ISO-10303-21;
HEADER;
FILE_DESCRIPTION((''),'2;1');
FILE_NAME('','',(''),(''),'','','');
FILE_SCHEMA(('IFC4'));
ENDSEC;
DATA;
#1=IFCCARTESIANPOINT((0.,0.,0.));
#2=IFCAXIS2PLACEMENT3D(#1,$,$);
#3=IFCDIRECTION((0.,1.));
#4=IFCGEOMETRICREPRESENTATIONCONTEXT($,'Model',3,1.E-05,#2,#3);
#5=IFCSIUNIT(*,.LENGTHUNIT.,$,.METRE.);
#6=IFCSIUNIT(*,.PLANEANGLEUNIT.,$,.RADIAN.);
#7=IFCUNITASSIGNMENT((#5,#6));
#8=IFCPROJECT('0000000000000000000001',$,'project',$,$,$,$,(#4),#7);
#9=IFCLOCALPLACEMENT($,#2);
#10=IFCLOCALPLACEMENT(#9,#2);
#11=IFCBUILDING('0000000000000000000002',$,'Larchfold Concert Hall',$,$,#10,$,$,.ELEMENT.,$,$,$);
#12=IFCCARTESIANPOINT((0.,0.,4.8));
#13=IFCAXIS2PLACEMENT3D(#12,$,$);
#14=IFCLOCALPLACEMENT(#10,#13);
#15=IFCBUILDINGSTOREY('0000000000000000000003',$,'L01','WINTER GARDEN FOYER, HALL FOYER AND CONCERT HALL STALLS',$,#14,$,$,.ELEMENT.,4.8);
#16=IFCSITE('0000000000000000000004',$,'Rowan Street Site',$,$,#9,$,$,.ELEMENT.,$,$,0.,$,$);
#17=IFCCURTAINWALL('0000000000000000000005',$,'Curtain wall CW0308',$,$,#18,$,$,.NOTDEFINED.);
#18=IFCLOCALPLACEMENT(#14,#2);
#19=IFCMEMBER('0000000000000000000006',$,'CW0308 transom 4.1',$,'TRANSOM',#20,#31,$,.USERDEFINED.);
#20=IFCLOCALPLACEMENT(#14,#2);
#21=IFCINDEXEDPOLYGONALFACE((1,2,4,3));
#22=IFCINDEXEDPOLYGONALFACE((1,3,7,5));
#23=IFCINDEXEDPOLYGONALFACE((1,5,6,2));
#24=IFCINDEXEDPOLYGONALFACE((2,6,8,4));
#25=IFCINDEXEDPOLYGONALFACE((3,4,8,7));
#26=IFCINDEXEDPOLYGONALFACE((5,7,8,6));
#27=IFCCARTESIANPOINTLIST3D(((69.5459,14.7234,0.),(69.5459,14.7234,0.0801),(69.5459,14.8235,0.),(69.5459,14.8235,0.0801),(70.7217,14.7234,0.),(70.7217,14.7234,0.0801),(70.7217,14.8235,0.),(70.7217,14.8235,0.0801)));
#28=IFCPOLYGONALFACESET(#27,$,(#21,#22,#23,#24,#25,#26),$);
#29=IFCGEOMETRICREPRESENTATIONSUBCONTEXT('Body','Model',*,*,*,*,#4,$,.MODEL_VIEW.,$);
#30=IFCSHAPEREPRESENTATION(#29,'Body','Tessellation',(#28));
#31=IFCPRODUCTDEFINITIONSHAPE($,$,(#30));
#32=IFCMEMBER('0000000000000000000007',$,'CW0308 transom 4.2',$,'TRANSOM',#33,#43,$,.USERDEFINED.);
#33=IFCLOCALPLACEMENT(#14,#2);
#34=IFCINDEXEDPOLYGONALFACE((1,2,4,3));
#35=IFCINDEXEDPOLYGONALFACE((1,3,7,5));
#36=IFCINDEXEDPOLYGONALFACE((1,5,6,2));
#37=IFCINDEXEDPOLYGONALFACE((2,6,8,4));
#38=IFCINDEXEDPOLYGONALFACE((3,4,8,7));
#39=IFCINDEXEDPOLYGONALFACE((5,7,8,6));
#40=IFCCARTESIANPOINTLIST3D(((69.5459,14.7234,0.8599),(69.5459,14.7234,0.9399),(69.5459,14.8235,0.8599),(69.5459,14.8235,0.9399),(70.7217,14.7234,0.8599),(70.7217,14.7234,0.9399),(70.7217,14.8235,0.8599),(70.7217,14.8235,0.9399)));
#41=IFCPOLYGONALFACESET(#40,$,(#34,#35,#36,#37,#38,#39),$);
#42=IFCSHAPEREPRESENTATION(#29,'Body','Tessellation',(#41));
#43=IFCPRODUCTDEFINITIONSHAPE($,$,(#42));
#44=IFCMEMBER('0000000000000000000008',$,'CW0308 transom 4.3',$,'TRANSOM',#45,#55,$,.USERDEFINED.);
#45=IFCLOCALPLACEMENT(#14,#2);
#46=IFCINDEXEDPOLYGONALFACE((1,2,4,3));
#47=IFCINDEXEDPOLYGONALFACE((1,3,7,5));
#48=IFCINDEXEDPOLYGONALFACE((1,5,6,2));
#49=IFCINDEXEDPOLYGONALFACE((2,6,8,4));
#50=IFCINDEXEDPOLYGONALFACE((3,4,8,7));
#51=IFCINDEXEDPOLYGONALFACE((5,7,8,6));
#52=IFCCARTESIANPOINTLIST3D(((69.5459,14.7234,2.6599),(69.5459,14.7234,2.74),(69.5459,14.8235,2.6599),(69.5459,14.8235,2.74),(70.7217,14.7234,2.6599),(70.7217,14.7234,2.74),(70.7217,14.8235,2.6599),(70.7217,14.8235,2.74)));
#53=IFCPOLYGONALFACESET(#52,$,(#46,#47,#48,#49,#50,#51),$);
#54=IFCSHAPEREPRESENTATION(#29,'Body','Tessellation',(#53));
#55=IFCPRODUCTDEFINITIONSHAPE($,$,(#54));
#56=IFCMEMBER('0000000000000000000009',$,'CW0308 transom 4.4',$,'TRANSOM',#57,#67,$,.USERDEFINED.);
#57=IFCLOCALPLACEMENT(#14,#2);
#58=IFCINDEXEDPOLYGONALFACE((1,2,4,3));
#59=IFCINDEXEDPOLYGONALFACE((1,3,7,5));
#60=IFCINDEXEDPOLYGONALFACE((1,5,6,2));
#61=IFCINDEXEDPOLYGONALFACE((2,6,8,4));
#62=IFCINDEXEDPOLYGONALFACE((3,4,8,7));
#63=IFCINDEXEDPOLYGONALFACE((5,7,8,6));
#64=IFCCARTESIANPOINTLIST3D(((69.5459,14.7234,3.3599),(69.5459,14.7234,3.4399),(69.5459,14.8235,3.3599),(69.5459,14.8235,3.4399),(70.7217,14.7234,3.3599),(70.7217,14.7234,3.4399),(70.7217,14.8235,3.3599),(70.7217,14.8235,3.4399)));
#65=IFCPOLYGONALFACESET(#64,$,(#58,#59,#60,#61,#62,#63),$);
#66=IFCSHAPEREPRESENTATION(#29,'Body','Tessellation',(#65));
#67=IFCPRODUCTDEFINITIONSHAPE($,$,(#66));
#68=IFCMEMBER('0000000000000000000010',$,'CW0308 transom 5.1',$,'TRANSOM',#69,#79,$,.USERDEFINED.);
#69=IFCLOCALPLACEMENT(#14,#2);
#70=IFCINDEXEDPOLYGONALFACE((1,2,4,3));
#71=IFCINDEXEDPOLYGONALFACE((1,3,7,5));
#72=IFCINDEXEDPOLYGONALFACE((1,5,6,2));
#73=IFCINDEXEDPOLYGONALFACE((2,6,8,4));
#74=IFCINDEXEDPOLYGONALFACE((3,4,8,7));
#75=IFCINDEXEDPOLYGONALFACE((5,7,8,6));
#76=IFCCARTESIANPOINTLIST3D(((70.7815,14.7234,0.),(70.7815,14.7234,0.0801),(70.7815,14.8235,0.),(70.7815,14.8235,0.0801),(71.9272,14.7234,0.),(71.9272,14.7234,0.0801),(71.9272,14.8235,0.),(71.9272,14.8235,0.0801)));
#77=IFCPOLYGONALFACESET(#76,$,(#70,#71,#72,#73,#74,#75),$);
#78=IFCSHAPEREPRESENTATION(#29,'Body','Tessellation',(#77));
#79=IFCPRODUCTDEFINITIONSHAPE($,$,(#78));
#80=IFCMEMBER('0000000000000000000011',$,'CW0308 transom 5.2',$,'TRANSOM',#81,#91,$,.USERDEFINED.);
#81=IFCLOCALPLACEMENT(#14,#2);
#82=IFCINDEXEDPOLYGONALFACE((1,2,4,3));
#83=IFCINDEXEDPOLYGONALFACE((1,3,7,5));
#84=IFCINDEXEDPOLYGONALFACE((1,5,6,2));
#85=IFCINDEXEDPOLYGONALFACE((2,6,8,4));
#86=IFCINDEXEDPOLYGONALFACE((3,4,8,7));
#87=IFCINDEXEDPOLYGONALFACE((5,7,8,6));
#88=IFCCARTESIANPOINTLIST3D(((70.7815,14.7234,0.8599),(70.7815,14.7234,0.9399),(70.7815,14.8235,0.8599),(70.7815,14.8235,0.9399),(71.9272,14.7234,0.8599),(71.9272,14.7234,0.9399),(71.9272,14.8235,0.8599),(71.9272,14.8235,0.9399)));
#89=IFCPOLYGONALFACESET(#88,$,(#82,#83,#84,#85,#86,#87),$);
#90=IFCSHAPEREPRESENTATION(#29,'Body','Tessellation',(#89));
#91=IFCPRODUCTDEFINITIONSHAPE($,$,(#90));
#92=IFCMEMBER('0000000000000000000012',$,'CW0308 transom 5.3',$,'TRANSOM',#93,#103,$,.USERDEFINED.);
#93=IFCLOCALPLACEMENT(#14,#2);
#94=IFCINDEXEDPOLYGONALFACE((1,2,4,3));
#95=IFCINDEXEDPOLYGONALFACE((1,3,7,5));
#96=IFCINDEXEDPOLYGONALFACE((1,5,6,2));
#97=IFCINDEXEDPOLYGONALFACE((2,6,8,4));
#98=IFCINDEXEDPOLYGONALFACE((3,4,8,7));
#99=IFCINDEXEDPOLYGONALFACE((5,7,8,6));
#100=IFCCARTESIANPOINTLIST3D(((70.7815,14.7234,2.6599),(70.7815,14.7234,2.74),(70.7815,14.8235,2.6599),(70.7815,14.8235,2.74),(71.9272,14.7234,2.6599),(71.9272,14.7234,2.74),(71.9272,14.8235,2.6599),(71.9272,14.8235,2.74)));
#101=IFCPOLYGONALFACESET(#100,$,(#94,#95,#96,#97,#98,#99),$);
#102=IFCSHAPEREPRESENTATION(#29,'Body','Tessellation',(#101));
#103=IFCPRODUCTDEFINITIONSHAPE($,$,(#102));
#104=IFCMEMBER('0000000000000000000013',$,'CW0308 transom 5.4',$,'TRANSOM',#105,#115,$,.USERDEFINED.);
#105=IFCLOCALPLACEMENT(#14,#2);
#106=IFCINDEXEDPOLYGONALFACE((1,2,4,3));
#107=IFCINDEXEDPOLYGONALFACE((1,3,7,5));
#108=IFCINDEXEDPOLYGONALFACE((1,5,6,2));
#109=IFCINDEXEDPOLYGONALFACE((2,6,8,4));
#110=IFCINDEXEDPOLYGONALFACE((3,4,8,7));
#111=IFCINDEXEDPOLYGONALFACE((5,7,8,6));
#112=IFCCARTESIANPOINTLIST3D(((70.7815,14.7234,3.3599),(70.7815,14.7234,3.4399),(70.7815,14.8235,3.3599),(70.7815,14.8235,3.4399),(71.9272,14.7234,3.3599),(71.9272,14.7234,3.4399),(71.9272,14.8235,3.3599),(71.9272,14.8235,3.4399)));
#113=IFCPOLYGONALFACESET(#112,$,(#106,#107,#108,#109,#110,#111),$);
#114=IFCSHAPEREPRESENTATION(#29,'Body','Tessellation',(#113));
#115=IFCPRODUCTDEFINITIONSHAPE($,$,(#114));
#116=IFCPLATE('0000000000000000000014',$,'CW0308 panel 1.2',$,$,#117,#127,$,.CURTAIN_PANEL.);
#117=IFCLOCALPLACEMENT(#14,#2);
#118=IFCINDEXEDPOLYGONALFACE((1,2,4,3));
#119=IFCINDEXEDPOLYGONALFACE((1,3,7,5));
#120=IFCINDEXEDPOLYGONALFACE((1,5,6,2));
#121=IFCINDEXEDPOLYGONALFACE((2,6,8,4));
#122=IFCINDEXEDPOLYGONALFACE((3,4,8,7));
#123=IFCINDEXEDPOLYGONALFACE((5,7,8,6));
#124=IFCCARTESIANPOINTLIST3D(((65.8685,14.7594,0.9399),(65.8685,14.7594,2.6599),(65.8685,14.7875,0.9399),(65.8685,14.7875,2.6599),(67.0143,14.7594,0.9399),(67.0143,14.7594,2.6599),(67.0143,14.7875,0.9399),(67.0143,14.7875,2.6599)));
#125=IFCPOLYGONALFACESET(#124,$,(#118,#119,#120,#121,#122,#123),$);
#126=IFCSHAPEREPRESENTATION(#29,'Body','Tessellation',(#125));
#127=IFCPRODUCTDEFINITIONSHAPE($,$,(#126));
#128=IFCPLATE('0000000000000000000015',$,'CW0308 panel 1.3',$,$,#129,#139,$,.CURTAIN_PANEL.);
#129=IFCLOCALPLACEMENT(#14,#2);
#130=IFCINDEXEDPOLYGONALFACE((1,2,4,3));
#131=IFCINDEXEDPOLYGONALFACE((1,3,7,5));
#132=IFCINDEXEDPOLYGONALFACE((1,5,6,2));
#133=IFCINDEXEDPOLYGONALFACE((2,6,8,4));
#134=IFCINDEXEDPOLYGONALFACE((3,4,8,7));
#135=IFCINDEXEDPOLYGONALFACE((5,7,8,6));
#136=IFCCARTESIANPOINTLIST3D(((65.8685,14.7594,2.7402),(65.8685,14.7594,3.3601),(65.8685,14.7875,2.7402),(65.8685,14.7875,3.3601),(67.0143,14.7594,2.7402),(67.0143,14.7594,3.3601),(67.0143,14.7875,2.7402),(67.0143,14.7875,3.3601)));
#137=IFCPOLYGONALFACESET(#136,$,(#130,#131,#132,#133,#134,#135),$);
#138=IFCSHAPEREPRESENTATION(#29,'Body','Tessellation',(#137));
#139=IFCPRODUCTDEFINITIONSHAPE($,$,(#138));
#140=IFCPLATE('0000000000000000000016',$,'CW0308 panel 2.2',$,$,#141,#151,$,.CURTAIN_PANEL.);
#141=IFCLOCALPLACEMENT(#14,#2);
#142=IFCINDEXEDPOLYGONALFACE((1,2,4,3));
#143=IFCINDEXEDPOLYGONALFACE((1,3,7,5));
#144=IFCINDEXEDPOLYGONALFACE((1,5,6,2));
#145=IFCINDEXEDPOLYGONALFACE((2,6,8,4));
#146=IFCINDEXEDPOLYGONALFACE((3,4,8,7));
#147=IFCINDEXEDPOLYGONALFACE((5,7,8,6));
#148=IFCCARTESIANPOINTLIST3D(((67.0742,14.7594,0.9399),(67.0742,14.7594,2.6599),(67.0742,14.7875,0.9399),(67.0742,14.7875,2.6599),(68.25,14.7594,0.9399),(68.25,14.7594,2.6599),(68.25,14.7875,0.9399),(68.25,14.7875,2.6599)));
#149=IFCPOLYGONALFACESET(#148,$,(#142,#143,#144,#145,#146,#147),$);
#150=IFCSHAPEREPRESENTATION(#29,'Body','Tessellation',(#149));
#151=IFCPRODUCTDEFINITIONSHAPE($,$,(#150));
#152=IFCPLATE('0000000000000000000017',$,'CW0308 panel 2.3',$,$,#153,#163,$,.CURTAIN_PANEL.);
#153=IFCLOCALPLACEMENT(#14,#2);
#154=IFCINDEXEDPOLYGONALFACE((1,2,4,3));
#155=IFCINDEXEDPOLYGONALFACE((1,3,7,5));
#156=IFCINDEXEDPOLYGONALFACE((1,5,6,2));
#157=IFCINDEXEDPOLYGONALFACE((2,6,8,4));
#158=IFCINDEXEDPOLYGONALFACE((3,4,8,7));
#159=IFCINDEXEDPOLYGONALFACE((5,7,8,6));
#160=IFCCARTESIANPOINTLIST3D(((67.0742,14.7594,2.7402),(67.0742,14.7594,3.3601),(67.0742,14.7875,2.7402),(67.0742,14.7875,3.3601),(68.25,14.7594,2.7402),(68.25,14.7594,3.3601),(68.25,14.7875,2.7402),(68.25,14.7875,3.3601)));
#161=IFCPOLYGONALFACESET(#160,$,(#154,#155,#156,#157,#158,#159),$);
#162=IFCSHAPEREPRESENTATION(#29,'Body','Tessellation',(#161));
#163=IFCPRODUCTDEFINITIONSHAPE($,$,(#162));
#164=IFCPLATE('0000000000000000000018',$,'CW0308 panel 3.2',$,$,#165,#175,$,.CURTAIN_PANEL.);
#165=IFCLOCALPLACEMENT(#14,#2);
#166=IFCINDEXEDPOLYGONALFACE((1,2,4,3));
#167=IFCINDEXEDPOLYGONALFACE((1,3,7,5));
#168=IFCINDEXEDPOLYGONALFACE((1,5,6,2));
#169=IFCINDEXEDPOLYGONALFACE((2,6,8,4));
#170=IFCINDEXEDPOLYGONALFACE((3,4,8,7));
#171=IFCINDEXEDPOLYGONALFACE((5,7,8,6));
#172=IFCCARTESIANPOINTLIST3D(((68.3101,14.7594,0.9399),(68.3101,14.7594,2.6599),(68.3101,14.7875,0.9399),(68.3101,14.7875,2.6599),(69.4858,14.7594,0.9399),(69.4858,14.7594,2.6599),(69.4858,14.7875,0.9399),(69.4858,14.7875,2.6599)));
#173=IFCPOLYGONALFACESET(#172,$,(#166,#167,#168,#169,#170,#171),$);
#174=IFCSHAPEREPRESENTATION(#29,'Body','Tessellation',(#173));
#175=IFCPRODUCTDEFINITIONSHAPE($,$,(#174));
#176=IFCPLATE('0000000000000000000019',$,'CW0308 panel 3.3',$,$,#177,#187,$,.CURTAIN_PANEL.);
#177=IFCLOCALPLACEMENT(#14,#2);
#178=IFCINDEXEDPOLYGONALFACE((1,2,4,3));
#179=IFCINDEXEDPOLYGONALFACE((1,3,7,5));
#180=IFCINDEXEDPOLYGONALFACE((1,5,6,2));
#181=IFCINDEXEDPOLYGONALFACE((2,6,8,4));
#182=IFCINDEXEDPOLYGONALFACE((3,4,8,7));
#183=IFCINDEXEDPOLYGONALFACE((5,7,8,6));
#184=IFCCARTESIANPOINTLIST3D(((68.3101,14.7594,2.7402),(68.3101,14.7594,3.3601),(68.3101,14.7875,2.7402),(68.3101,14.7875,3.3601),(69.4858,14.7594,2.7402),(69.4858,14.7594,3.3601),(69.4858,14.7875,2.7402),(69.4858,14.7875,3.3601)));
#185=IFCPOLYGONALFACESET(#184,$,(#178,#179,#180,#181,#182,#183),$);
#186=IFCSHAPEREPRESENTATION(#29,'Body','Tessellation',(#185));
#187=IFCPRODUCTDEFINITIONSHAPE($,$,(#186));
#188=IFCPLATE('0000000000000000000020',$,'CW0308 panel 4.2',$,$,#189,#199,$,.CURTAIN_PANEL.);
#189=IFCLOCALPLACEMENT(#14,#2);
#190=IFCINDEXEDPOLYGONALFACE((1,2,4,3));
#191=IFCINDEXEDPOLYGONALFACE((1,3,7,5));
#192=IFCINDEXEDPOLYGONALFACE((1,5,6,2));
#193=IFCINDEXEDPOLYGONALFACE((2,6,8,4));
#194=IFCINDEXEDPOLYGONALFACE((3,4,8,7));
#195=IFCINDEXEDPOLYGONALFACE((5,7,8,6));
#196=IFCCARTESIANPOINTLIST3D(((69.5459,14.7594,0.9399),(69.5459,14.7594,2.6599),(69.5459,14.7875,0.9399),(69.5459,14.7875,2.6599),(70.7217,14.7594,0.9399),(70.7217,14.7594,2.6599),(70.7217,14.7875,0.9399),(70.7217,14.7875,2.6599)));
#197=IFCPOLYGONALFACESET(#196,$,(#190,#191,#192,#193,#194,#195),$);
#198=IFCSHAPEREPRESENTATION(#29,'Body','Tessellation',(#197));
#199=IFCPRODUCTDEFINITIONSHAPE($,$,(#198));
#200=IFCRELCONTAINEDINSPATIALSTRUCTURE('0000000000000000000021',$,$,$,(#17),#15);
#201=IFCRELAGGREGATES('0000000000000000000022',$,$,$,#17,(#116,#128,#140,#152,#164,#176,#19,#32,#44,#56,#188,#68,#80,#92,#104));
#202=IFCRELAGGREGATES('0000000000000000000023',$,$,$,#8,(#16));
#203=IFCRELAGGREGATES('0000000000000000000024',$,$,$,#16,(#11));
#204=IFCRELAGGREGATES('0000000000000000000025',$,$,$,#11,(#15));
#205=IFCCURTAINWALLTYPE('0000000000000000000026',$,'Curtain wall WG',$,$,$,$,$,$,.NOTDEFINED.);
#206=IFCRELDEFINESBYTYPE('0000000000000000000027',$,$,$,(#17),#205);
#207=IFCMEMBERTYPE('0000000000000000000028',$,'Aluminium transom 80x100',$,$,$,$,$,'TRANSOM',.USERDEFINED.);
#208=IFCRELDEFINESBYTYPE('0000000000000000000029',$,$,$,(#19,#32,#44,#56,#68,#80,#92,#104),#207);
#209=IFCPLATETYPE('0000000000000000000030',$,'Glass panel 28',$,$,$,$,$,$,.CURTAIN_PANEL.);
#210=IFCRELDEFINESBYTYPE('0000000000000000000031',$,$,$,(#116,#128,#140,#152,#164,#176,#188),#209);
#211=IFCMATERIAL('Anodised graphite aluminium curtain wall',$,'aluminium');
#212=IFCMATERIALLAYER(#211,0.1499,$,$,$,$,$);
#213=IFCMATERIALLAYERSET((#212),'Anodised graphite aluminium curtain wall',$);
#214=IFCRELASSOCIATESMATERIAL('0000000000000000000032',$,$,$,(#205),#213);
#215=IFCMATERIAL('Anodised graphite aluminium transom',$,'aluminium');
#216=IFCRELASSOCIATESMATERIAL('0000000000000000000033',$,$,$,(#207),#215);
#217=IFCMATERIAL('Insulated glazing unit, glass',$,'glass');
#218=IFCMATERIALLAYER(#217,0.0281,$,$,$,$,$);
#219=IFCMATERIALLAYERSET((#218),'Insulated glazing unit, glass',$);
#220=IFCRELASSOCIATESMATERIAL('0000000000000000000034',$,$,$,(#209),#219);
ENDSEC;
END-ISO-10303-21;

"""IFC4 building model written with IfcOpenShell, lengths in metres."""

from ifc_helpers import new_model, si_unit, direction, frame, origin, origin_2d, place, context, subcontext, project, spatial, rectangle, extrude, material, layer, layer_set, material_profile, profile_set, type_object, element, aggregate, save


model = new_model("IFC4")

# Units and contexts
model_context = context("Model", 3, precision=1e-05, world=origin(), true_north=direction((0.0, 1.0)))
body_context = subcontext(model_context, "Body", "Model", "MODEL_VIEW")
ifc_project = project(units=[si_unit("LENGTHUNIT", "METRE"), si_unit("PLANEANGLEUNIT", "RADIAN")], contexts=[model_context])

# Site, building, storey
site_placement = place(None, origin())
site = spatial("IfcSite", under=ifc_project, at=site_placement, Name="Rowan Street Site", CompositionType="ELEMENT", RefElevation=0.0)
building_placement = place(site_placement, origin())
building = spatial("IfcBuilding", under=site, at=building_placement, Name="Larchfold Concert Hall", CompositionType="ELEMENT")
storey_placement = place(building_placement, frame((0.0, 0.0, 4.8)))
storey = spatial("IfcBuildingStorey", under=building, at=storey_placement, Name="L01", Description="WINTER GARDEN FOYER, HALL FOYER AND CONCERT HALL STALLS", CompositionType="ELEMENT", Elevation=4.8)

# Curtain wall, members, plates
ifc_material_1 = material(Name="Anodised graphite aluminium curtain wall", Category="aluminium")
ifc_layer_1 = layer(ifc_material_1, 0.1499)
ifc_layer_set_1 = layer_set([ifc_layer_1], Name="Anodised graphite aluminium curtain wall")
curtain_wall_type = type_object("IfcCurtainWallType", Name="Curtain wall WG", PredefinedType="NOTDEFINED", material=ifc_layer_set_1)
curtain_wall_placement = place(storey_placement, origin())
curtain_wall = element("IfcCurtainWall", 1, at=curtain_wall_placement, inside=storey, type_object=curtain_wall_type, Name="Curtain wall CW0308", PredefinedType="NOTDEFINED")
ifc_material_2 = material(Name="Anodised graphite aluminium transom", Category="aluminium")
ifc_material_profile_1 = material_profile(ifc_material_2, rectangle(XDim=0.1001, YDim=0.0801, at=origin_2d()))
ifc_profile_set_1 = profile_set([ifc_material_profile_1], Name="Anodised graphite aluminium transom")
member_type_1 = type_object("IfcMemberType", Name="Aluminium transom 80x100", ElementType="TRANSOM", PredefinedType="USERDEFINED", material=ifc_profile_set_1)
member_1_placement = place(storey_placement, frame((69.5459, 14.7734, 0.04), z_axis=(1.0, 0.0, 0.0), x_axis=(0.0, 1.0, 0.0)))
member_1 = element("IfcMember", 2, at=member_1_placement, type_object=member_type_1, Name="CW0308 transom 4.1", ObjectType="TRANSOM", PredefinedType="USERDEFINED", context=body_context, shape_type="SweptSolid", body=[
    extrude(rectangle(XDim=0.1001, YDim=0.0801, at=origin_2d()), origin(), (0.0, 0.0, 1.0), 1.1758),
])
member_2_placement = place(storey_placement, frame((69.5459, 14.7734, 0.8999), z_axis=(1.0, 0.0, 0.0), x_axis=(0.0, 1.0, 0.0)))
member_2 = element("IfcMember", 3, at=member_2_placement, type_object=member_type_1, Name="CW0308 transom 4.2", ObjectType="TRANSOM", PredefinedType="USERDEFINED", context=body_context, shape_type="SweptSolid", body=[
    extrude(rectangle(XDim=0.1001, YDim=0.0801, at=origin_2d()), origin(), (0.0, 0.0, 1.0), 1.1758),
])
member_3_placement = place(storey_placement, frame((69.5459, 14.7734, 2.7), z_axis=(1.0, 0.0, 0.0), x_axis=(0.0, 1.0, 0.0)))
member_3 = element("IfcMember", 4, at=member_3_placement, type_object=member_type_1, Name="CW0308 transom 4.3", ObjectType="TRANSOM", PredefinedType="USERDEFINED", context=body_context, shape_type="SweptSolid", body=[
    extrude(rectangle(XDim=0.1001, YDim=0.0801, at=origin_2d()), origin(), (0.0, 0.0, 1.0), 1.1758),
])
member_4_placement = place(storey_placement, frame((69.5459, 14.7734, 3.3999), z_axis=(1.0, 0.0, 0.0), x_axis=(0.0, 1.0, 0.0)))
member_4 = element("IfcMember", 5, at=member_4_placement, type_object=member_type_1, Name="CW0308 transom 4.4", ObjectType="TRANSOM", PredefinedType="USERDEFINED", context=body_context, shape_type="SweptSolid", body=[
    extrude(rectangle(XDim=0.1001, YDim=0.0801, at=origin_2d()), origin(), (0.0, 0.0, 1.0), 1.1758),
])
member_5_placement = place(storey_placement, frame((70.7815, 14.7734, 0.04), z_axis=(1.0, 0.0, 0.0), x_axis=(0.0, 1.0, 0.0)))
member_5 = element("IfcMember", 6, at=member_5_placement, type_object=member_type_1, Name="CW0308 transom 5.1", ObjectType="TRANSOM", PredefinedType="USERDEFINED", context=body_context, shape_type="SweptSolid", body=[
    extrude(rectangle(XDim=0.1001, YDim=0.0801, at=origin_2d()), origin(), (0.0, 0.0, 1.0), 1.1458),
])
member_6_placement = place(storey_placement, frame((70.7815, 14.7734, 0.8999), z_axis=(1.0, 0.0, 0.0), x_axis=(0.0, 1.0, 0.0)))
member_6 = element("IfcMember", 7, at=member_6_placement, type_object=member_type_1, Name="CW0308 transom 5.2", ObjectType="TRANSOM", PredefinedType="USERDEFINED", context=body_context, shape_type="SweptSolid", body=[
    extrude(rectangle(XDim=0.1001, YDim=0.0801, at=origin_2d()), origin(), (0.0, 0.0, 1.0), 1.1458),
])
member_7_placement = place(storey_placement, frame((70.7815, 14.7734, 2.7), z_axis=(1.0, 0.0, 0.0), x_axis=(0.0, 1.0, 0.0)))
member_7 = element("IfcMember", 8, at=member_7_placement, type_object=member_type_1, Name="CW0308 transom 5.3", ObjectType="TRANSOM", PredefinedType="USERDEFINED", context=body_context, shape_type="SweptSolid", body=[
    extrude(rectangle(XDim=0.1001, YDim=0.0801, at=origin_2d()), origin(), (0.0, 0.0, 1.0), 1.1458),
])
member_8_placement = place(storey_placement, frame((70.7815, 14.7734, 3.3999), z_axis=(1.0, 0.0, 0.0), x_axis=(0.0, 1.0, 0.0)))
member_8 = element("IfcMember", 9, at=member_8_placement, type_object=member_type_1, Name="CW0308 transom 5.4", ObjectType="TRANSOM", PredefinedType="USERDEFINED", context=body_context, shape_type="SweptSolid", body=[
    extrude(rectangle(XDim=0.1001, YDim=0.0801, at=origin_2d()), origin(), (0.0, 0.0, 1.0), 1.1458),
])
ifc_material_3 = material(Name="Insulated glazing unit, glass", Category="glass")
ifc_layer_2 = layer(ifc_material_3, 0.0281)
ifc_layer_set_2 = layer_set([ifc_layer_2], Name="Insulated glazing unit, glass")
plate_type_1 = type_object("IfcPlateType", Name="Glass panel 28", PredefinedType="CURTAIN_PANEL", material=ifc_layer_set_2)
plate_1_placement = place(storey_placement, frame((66.4414, 14.7734, 0.9399), z_axis=(0.0, 0.0, 1.0), x_axis=(1.0, 0.0, 0.0)))
plate_1 = element("IfcPlate", 10, at=plate_1_placement, type_object=plate_type_1, Name="CW0308 panel 1.2", PredefinedType="CURTAIN_PANEL", context=body_context, shape_type="SweptSolid", body=[
    extrude(rectangle(XDim=1.1458, YDim=0.0281, at=origin_2d()), origin(), (0.0, 0.0, 1.0), 1.72),
])
plate_2_placement = place(storey_placement, frame((66.4414, 14.7734, 2.7402), z_axis=(0.0, 0.0, 1.0), x_axis=(1.0, 0.0, 0.0)))
plate_2 = element("IfcPlate", 11, at=plate_2_placement, type_object=plate_type_1, Name="CW0308 panel 1.3", PredefinedType="CURTAIN_PANEL", context=body_context, shape_type="SweptSolid", body=[
    extrude(rectangle(XDim=1.1458, YDim=0.0281, at=origin_2d()), origin(), (0.0, 0.0, 1.0), 0.6199),
])
plate_3_placement = place(storey_placement, frame((67.6621, 14.7734, 0.9399), z_axis=(0.0, 0.0, 1.0), x_axis=(1.0, 0.0, 0.0)))
plate_3 = element("IfcPlate", 12, at=plate_3_placement, type_object=plate_type_1, Name="CW0308 panel 2.2", PredefinedType="CURTAIN_PANEL", context=body_context, shape_type="SweptSolid", body=[
    extrude(rectangle(XDim=1.1758, YDim=0.0281, at=origin_2d()), origin(), (0.0, 0.0, 1.0), 1.72),
])
plate_4_placement = place(storey_placement, frame((67.6621, 14.7734, 2.7402), z_axis=(0.0, 0.0, 1.0), x_axis=(1.0, 0.0, 0.0)))
plate_4 = element("IfcPlate", 13, at=plate_4_placement, type_object=plate_type_1, Name="CW0308 panel 2.3", PredefinedType="CURTAIN_PANEL", context=body_context, shape_type="SweptSolid", body=[
    extrude(rectangle(XDim=1.1758, YDim=0.0281, at=origin_2d()), origin(), (0.0, 0.0, 1.0), 0.6199),
])
plate_5_placement = place(storey_placement, frame((68.8979, 14.7734, 0.9399), z_axis=(0.0, 0.0, 1.0), x_axis=(1.0, 0.0, 0.0)))
plate_5 = element("IfcPlate", 14, at=plate_5_placement, type_object=plate_type_1, Name="CW0308 panel 3.2", PredefinedType="CURTAIN_PANEL", context=body_context, shape_type="SweptSolid", body=[
    extrude(rectangle(XDim=1.1758, YDim=0.0281, at=origin_2d()), origin(), (0.0, 0.0, 1.0), 1.72),
])
plate_6_placement = place(storey_placement, frame((68.8979, 14.7734, 2.7402), z_axis=(0.0, 0.0, 1.0), x_axis=(1.0, 0.0, 0.0)))
plate_6 = element("IfcPlate", 15, at=plate_6_placement, type_object=plate_type_1, Name="CW0308 panel 3.3", PredefinedType="CURTAIN_PANEL", context=body_context, shape_type="SweptSolid", body=[
    extrude(rectangle(XDim=1.1758, YDim=0.0281, at=origin_2d()), origin(), (0.0, 0.0, 1.0), 0.6199),
])
plate_7_placement = place(storey_placement, frame((70.1338, 14.7734, 0.9399), z_axis=(0.0, 0.0, 1.0), x_axis=(1.0, 0.0, 0.0)))
plate_7 = element("IfcPlate", 16, at=plate_7_placement, type_object=plate_type_1, Name="CW0308 panel 4.2", PredefinedType="CURTAIN_PANEL", context=body_context, shape_type="SweptSolid", body=[
    extrude(rectangle(XDim=1.1758, YDim=0.0281, at=origin_2d()), origin(), (0.0, 0.0, 1.0), 1.72),
])
aggregate(curtain_wall, [plate_1, plate_2, plate_3, plate_4, plate_5, plate_6, member_1, member_2, member_3, member_4, plate_7, member_5, member_6, member_7, member_8])

save(model, "model.ifc")
